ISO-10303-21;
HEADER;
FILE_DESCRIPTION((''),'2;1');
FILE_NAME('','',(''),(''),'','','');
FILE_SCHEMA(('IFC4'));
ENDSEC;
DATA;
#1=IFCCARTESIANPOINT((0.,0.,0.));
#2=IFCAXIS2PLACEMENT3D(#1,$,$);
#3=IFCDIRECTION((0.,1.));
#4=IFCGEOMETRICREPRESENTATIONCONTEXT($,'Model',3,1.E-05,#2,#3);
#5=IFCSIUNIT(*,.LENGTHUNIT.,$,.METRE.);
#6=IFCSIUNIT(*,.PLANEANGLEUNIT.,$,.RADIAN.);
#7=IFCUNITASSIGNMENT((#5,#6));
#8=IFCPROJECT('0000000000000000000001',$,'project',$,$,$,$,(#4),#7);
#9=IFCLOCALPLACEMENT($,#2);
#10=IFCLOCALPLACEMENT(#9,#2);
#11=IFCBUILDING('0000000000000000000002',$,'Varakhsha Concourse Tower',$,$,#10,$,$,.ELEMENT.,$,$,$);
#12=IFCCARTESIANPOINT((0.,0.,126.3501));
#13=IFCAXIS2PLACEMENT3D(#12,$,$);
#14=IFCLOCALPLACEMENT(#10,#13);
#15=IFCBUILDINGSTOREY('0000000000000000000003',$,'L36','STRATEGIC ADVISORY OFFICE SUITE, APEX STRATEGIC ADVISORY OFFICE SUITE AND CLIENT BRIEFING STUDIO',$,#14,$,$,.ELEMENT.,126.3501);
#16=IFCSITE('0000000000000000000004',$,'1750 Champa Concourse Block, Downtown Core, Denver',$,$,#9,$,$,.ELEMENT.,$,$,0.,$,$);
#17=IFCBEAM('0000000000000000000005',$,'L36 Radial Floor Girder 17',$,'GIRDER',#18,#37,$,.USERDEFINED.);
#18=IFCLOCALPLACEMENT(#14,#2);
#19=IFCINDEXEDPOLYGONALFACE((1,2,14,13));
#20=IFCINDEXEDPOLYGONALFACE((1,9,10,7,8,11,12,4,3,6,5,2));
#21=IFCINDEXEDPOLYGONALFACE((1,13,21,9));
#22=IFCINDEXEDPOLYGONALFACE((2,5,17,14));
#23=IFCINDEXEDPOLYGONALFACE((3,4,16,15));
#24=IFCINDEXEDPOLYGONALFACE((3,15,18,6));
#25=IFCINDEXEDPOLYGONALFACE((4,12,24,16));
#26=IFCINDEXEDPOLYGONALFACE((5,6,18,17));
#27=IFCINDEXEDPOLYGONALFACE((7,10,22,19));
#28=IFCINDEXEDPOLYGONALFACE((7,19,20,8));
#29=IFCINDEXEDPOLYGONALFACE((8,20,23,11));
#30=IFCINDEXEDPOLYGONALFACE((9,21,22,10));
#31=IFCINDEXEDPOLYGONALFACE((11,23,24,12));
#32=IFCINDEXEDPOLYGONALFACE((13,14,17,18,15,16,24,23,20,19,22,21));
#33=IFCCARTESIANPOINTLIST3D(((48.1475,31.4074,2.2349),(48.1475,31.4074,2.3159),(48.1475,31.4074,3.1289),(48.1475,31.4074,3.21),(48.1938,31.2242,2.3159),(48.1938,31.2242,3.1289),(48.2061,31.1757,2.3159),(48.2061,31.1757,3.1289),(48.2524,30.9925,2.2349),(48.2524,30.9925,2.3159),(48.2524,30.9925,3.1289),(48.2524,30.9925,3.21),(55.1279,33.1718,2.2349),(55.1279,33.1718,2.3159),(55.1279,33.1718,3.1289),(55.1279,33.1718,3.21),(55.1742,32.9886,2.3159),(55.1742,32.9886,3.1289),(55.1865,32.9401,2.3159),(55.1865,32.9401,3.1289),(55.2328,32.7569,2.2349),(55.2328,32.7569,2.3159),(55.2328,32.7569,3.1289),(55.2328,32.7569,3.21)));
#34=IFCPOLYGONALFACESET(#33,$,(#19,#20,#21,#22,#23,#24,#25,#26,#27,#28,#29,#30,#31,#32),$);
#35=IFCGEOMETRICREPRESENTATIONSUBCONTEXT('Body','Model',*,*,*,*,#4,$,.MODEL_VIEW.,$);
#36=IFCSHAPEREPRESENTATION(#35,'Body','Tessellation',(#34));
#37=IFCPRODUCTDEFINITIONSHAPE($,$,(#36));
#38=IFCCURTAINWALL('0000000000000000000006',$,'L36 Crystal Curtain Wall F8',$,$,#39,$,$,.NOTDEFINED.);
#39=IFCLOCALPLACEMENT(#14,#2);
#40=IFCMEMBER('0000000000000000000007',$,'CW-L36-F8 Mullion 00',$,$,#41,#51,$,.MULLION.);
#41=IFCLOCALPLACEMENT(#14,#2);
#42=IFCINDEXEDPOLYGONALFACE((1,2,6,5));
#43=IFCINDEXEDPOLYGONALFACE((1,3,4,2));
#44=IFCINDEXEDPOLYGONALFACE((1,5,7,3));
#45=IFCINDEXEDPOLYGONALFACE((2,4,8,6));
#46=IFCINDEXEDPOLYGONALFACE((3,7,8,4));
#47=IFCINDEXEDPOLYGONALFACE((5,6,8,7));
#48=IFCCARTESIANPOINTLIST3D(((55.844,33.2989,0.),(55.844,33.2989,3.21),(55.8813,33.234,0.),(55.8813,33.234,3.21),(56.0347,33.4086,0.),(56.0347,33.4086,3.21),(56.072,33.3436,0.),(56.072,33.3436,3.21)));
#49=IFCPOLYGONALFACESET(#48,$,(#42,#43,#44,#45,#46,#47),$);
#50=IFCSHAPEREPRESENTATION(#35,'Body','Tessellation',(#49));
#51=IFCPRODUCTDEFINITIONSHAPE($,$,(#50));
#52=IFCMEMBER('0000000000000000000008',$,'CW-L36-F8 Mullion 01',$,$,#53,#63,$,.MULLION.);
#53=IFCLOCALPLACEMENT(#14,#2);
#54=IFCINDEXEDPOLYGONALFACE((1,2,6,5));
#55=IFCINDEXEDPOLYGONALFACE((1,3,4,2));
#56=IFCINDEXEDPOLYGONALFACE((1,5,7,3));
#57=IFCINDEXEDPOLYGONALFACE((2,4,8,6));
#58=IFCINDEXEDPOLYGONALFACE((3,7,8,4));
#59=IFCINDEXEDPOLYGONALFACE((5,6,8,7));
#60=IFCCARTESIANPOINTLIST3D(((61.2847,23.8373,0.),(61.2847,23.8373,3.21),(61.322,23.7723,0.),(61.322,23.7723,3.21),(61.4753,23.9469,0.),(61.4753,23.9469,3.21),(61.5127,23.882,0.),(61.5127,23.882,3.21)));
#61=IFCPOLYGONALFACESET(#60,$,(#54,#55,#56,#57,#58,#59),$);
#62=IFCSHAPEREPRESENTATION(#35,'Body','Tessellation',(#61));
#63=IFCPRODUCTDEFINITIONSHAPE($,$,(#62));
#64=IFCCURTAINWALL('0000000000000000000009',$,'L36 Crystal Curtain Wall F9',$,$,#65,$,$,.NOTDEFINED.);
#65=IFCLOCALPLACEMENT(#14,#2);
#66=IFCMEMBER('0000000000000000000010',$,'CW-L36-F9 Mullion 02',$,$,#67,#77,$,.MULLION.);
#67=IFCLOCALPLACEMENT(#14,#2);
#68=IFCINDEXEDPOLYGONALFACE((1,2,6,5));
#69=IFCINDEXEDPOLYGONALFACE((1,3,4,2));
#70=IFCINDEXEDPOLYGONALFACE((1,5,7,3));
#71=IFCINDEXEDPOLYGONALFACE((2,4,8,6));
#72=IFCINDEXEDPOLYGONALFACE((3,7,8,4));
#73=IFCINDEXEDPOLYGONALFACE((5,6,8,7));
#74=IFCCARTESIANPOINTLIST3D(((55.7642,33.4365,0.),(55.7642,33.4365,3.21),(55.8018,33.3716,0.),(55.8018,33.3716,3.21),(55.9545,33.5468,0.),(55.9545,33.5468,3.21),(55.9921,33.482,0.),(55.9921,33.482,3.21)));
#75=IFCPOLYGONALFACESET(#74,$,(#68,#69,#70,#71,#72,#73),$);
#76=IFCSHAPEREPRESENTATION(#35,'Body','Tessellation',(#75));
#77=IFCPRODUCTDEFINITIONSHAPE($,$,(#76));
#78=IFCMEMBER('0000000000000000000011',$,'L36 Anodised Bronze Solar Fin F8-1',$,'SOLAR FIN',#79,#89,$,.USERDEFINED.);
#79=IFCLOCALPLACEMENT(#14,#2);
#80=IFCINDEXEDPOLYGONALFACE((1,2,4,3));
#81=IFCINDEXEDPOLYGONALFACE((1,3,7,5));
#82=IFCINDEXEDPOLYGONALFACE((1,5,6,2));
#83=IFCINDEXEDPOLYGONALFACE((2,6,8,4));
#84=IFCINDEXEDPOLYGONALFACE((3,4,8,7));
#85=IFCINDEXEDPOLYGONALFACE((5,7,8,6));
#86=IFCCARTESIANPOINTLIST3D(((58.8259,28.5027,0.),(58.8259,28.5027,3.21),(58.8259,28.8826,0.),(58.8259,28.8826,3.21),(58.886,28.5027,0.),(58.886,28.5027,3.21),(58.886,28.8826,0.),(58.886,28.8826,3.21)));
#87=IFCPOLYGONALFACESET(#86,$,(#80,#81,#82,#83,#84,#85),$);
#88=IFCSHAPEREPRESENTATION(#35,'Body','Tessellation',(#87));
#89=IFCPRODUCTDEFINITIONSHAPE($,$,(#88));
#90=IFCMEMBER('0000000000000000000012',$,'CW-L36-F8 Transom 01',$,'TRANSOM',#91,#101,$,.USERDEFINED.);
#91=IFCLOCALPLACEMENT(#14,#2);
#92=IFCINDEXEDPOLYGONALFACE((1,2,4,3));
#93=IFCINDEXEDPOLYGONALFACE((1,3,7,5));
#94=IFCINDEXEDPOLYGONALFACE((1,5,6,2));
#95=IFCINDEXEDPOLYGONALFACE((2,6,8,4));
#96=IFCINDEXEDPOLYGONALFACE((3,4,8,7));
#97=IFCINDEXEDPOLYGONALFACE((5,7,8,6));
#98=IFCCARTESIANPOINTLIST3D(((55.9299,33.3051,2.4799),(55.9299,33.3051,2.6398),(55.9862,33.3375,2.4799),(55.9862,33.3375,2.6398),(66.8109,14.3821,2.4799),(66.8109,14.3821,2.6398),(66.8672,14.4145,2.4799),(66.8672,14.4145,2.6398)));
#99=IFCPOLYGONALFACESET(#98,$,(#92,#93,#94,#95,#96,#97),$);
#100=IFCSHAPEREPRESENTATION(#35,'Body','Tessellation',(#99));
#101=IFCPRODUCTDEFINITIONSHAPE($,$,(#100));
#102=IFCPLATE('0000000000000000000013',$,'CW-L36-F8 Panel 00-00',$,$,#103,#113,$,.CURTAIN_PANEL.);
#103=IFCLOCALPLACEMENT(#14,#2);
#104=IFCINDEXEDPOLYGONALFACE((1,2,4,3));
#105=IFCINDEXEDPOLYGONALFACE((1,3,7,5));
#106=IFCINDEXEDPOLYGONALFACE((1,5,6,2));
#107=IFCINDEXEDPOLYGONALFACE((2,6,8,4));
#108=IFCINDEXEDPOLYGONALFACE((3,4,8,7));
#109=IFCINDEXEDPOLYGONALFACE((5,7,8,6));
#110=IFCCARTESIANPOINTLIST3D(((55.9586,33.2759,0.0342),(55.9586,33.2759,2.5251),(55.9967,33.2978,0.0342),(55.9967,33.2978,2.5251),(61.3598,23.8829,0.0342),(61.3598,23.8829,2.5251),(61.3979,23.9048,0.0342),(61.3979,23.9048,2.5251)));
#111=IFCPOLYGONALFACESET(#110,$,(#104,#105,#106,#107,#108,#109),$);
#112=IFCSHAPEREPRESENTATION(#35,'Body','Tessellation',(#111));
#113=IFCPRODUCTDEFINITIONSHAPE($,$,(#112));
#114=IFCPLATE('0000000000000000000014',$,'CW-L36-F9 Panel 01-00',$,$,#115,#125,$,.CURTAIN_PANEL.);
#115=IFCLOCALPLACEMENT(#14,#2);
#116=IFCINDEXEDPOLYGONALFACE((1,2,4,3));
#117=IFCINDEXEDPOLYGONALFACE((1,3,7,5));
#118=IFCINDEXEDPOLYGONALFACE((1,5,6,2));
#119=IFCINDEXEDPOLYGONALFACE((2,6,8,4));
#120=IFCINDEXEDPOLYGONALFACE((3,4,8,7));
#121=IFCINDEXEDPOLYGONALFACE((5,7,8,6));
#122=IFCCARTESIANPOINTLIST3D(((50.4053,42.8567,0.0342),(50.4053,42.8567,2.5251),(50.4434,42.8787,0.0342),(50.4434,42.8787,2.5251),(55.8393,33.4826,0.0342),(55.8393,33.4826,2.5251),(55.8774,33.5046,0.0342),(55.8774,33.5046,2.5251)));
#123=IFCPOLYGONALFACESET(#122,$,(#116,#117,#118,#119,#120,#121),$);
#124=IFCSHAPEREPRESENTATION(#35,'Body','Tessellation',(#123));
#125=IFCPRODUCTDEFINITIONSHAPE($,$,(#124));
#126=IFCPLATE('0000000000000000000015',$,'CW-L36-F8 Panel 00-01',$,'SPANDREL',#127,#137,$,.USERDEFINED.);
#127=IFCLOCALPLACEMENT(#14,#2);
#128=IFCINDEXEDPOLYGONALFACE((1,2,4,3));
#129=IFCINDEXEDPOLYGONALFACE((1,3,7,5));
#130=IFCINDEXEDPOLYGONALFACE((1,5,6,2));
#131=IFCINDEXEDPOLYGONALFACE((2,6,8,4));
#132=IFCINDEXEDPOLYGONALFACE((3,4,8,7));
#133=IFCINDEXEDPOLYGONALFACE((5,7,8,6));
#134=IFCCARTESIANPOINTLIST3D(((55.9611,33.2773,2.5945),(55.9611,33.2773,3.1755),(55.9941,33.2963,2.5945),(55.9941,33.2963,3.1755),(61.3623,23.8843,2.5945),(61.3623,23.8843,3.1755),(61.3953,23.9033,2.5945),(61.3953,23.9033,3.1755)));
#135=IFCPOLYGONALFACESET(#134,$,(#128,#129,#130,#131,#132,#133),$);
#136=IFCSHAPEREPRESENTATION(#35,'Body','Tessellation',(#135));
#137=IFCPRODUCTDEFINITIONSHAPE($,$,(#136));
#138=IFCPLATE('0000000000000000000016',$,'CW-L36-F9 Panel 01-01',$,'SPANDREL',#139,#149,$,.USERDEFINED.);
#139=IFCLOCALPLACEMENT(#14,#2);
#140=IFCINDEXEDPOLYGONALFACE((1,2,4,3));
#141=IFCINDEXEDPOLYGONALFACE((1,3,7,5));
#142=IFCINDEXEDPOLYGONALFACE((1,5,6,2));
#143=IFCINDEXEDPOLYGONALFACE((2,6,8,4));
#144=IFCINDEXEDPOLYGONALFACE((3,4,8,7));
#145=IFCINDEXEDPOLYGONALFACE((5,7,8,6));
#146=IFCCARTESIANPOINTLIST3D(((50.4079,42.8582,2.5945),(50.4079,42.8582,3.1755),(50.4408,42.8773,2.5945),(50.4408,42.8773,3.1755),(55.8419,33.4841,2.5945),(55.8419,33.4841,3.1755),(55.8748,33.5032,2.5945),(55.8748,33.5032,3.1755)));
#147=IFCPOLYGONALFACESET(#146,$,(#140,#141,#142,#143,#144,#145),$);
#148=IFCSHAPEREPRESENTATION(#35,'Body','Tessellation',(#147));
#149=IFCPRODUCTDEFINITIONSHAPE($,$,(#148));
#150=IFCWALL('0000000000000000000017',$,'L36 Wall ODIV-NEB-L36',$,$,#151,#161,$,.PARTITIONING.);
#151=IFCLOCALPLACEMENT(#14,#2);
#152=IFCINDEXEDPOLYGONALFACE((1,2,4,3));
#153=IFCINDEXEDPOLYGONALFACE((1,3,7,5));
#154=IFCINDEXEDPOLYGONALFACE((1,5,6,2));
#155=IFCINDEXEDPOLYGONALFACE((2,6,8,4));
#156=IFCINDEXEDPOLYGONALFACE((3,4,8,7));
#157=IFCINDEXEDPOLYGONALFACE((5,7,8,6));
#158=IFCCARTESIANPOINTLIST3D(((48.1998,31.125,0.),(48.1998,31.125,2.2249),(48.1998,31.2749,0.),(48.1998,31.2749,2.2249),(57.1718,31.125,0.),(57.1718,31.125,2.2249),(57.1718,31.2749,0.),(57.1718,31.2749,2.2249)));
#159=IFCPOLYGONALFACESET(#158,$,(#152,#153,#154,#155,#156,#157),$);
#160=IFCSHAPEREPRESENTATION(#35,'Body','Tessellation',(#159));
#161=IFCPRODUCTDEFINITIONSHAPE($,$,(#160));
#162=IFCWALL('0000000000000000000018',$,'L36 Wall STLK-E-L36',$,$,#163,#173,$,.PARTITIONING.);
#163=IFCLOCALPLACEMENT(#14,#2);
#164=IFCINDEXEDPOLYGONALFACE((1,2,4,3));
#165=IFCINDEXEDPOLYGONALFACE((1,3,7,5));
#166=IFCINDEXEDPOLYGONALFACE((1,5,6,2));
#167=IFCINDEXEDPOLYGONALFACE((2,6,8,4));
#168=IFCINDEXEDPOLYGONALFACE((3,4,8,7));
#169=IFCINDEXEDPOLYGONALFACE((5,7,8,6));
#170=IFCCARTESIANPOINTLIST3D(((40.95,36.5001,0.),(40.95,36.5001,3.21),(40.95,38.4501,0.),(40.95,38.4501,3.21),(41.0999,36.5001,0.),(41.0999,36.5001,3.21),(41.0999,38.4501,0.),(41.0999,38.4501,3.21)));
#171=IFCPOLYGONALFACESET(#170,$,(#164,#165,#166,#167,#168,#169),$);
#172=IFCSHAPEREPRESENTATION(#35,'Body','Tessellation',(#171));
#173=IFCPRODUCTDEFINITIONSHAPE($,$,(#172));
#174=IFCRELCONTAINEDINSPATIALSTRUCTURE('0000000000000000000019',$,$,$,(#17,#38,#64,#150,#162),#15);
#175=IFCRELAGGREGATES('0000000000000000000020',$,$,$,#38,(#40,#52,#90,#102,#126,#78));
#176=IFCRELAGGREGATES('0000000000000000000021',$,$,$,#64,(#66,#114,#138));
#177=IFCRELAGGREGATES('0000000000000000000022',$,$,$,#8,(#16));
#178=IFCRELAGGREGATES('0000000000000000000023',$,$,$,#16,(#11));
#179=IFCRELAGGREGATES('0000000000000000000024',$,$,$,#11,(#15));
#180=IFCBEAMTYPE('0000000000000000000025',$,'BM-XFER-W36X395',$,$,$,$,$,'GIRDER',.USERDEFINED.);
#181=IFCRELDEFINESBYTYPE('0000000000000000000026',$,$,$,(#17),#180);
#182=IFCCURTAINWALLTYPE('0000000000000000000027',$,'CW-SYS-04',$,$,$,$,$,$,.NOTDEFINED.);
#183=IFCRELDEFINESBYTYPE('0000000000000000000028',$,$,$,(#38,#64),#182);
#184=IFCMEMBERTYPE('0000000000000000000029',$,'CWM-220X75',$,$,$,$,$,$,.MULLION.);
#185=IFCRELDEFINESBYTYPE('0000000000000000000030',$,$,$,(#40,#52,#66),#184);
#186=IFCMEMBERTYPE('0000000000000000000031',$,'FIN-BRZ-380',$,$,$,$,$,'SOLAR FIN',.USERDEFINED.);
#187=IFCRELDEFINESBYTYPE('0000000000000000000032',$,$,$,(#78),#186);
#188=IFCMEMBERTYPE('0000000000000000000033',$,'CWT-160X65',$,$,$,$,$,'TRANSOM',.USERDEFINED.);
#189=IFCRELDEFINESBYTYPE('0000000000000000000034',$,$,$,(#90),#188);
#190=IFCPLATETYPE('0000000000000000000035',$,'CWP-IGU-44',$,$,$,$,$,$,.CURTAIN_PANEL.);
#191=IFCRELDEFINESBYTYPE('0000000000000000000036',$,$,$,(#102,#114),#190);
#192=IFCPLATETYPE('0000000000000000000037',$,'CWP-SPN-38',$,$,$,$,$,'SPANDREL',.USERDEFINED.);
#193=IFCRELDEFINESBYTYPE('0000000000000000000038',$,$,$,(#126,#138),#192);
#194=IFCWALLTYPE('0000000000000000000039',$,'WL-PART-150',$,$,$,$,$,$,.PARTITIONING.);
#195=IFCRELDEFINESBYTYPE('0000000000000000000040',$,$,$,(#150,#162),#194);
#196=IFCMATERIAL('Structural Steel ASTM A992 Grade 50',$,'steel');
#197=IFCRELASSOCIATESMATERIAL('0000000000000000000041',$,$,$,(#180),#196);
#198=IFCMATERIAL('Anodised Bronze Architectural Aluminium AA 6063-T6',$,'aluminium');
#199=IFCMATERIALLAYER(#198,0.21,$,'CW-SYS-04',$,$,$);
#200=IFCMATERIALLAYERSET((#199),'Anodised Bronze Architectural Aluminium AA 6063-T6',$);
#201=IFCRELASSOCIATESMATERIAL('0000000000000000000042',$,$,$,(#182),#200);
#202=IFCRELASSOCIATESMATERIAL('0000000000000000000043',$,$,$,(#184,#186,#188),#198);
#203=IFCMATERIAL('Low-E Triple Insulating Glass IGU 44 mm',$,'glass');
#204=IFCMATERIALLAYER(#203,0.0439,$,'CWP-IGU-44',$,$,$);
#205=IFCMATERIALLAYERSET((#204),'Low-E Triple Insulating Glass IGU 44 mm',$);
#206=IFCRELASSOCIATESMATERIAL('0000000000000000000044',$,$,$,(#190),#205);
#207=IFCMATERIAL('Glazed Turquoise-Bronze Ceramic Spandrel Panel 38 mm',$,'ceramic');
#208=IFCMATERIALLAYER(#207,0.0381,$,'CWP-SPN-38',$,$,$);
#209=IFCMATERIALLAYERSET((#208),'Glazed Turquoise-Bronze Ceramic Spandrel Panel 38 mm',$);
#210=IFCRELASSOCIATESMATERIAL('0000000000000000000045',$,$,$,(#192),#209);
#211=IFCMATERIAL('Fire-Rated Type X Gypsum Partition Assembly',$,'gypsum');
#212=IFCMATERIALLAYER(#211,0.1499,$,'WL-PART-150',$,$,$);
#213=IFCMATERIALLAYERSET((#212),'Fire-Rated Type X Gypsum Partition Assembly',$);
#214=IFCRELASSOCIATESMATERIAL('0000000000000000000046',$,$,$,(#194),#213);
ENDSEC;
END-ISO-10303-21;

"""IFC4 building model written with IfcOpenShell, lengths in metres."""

from ifc_helpers import new_model, si_unit, direction, frame, frame_2d, origin, origin_2d, place, context, subcontext, project, spatial, rectangle, i_section, extrude, source, transform, mapped, material, layer, layer_set, material_profile, profile_set, type_object, type_shapes, element, aggregate, save


model = new_model("IFC4")

# Units and contexts
model_context = context("Model", 3, precision=1e-05, world=origin(), true_north=direction((0.0, 1.0)))
body_context = subcontext(model_context, "Body", "Model", "MODEL_VIEW")
ifc_project = project(units=[si_unit("LENGTHUNIT", "METRE"), si_unit("PLANEANGLEUNIT", "RADIAN")], contexts=[model_context])

# Site, building, storey
site_placement = place(None, origin())
site = spatial("IfcSite", under=ifc_project, at=site_placement, Name="1750 Champa Concourse Block, Downtown Core, Denver", CompositionType="ELEMENT", RefElevation=0.0)
building_placement = place(site_placement, origin())
building = spatial("IfcBuilding", under=site, at=building_placement, Name="Varakhsha Concourse Tower", CompositionType="ELEMENT")
storey_placement = place(building_placement, frame((0.0, 0.0, 126.3501)))
storey = spatial("IfcBuildingStorey", under=building, at=storey_placement, Name="L36", Description="STRATEGIC ADVISORY OFFICE SUITE, APEX STRATEGIC ADVISORY OFFICE SUITE AND CLIENT BRIEFING STUDIO", CompositionType="ELEMENT", Elevation=126.3501)

# Shared definitions
ifc_material_1 = material(Name="Structural Steel ASTM A992 Grade 50", Category="steel")

# Beam
ifc_material_profile_1 = material_profile(ifc_material_1, i_section(OverallWidth=0.428, OverallDepth=0.9751, WebThickness=0.05, FlangeThickness=0.0811, at=origin_2d()), Name="W36X395")
ifc_profile_set_1 = profile_set([ifc_material_profile_1], Name="Structural Steel ASTM A992 Grade 50")
beam_type_1 = type_object("IfcBeamType", Name="BM-XFER-W36X395", ElementType="GIRDER", PredefinedType="USERDEFINED", material=ifc_profile_set_1)
beam_1_placement = place(storey_placement, frame((48.2, 31.2, 2.7224), z_axis=(0.969509, 0.245056, 0.0), x_axis=(-0.245056, 0.969509, 0.0)))
element("IfcBeam", 1, at=beam_1_placement, inside=storey, type_object=beam_type_1, Name="L36 Radial Floor Girder 17", ObjectType="GIRDER", PredefinedType="USERDEFINED", context=body_context, shape_type="SweptSolid", body=[
    extrude(i_section(OverallWidth=0.428, OverallDepth=0.9751, WebThickness=0.05, FlangeThickness=0.0811, at=origin_2d()), origin(), (0.0, 0.0, 1.0), 7.2),
])

# Curtain wall, members
ifc_material_2 = material(Name="Anodised Bronze Architectural Aluminium AA 6063-T6", Category="aluminium")
ifc_layer_1 = layer(ifc_material_2, 0.21, Name="CW-SYS-04")
ifc_layer_set_1 = layer_set([ifc_layer_1], Name="Anodised Bronze Architectural Aluminium AA 6063-T6")
curtain_wall_type = type_object("IfcCurtainWallType", Name="CW-SYS-04", PredefinedType="NOTDEFINED", material=ifc_layer_set_1)
curtain_wall_1_placement = place(storey_placement, origin())
curtain_wall_1 = element("IfcCurtainWall", 2, at=curtain_wall_1_placement, inside=storey, type_object=curtain_wall_type, Name="L36 Crystal Curtain Wall F8", PredefinedType="NOTDEFINED")
ifc_material_profile_2 = material_profile(ifc_material_2, rectangle(XDim=0.075, YDim=0.22, at=origin_2d()), Name="CWM-220X75")
ifc_profile_set_2 = profile_set([ifc_material_profile_2], Name="Anodised Bronze Architectural Aluminium AA 6063-T6")
member_type_1 = type_object("IfcMemberType", Name="CWM-220X75", PredefinedType="MULLION", material=ifc_profile_set_2)
shared_shape_1 = source(origin(), body_context, "Body", "SweptSolid", [
    extrude(rectangle(XDim=0.075, YDim=0.22, at=origin_2d()), origin(), (0.0, 0.0, 1.0), 3.21),
])
type_shapes(member_type_1, [shared_shape_1])
member_1_placement = place(storey_placement, frame((55.958, 33.3213, 0.0), z_axis=(0.0, 0.0, 1.0), x_axis=(0.498489, -0.866896, 0.0)))
member_1 = element("IfcMember", 3, at=member_1_placement, type_object=member_type_1, Name="CW-L36-F8 Mullion 00", PredefinedType="MULLION", context=body_context, shape_type="MappedRepresentation", body=[
    mapped(shared_shape_1, transform((0.0, 0.0, 0.0), scale=1.0)),
])
member_2_placement = place(storey_placement, frame((61.3987, 23.8596, 0.0), z_axis=(0.0, 0.0, 1.0), x_axis=(0.498489, -0.866896, 0.0)))
member_2 = element("IfcMember", 4, at=member_2_placement, type_object=member_type_1, Name="CW-L36-F8 Mullion 01", PredefinedType="MULLION", context=body_context, shape_type="MappedRepresentation", body=[
    mapped(shared_shape_1, transform((0.0, 0.0, 0.0), scale=1.0)),
])

# Curtain wall, member
curtain_wall_2_placement = place(storey_placement, origin())
curtain_wall_2 = element("IfcCurtainWall", 5, at=curtain_wall_2_placement, inside=storey, type_object=curtain_wall_type, Name="L36 Crystal Curtain Wall F9", PredefinedType="NOTDEFINED")
member_3_placement = place(storey_placement, frame((55.8782, 33.4592, 0.0), z_axis=(0.0, 0.0, 1.0), x_axis=(0.501514, -0.86515, 0.0)))
member_3 = element("IfcMember", 6, at=member_3_placement, type_object=member_type_1, Name="CW-L36-F9 Mullion 02", PredefinedType="MULLION", context=body_context, shape_type="MappedRepresentation", body=[
    mapped(shared_shape_1, transform((0.0, 0.0, 0.0), scale=1.0)),
])

# Members
ifc_material_profile_3 = material_profile(ifc_material_2, rectangle(XDim=0.0601, YDim=0.3799, at=origin_2d()), Name="FIN-BRZ-380")
ifc_profile_set_3 = profile_set([ifc_material_profile_3], Name="Anodised Bronze Architectural Aluminium AA 6063-T6")
member_type_2 = type_object("IfcMemberType", Name="FIN-BRZ-380", ElementType="SOLAR FIN", PredefinedType="USERDEFINED", material=ifc_profile_set_3)
shared_shape_2 = source(origin(), body_context, "Body", "SweptSolid", [
    extrude(rectangle(XDim=0.0601, YDim=0.3799, at=origin_2d()), origin(), (0.0, 0.0, 1.0), 3.21),
])
type_shapes(member_type_2, [shared_shape_2])
member_4_placement = place(storey_placement, frame((58.856, 28.6926, 0.0), z_axis=(0.0, 0.0, 1.0), x_axis=(1.0, 0.0, 0.0)))
member_4 = element("IfcMember", 7, at=member_4_placement, type_object=member_type_2, Name="L36 Anodised Bronze Solar Fin F8-1", ObjectType="SOLAR FIN", PredefinedType="USERDEFINED", context=body_context, shape_type="MappedRepresentation", body=[
    mapped(shared_shape_2, transform((0.0, 0.0, 0.0), scale=1.0)),
])
ifc_material_profile_4 = material_profile(ifc_material_2, rectangle(XDim=0.0649, YDim=0.1599, at=origin_2d()), Name="CWT-160X65")
ifc_profile_set_4 = profile_set([ifc_material_profile_4], Name="Anodised Bronze Architectural Aluminium AA 6063-T6")
member_type_3 = type_object("IfcMemberType", Name="CWT-160X65", ElementType="TRANSOM", PredefinedType="USERDEFINED", material=ifc_profile_set_4)
shared_shape_3 = source(origin(), body_context, "Body", "SweptSolid", [
    extrude(rectangle(XDim=0.0649, YDim=0.1599, at=origin_2d()), origin(), (0.0, 0.0, 1.0), 21.8284),
])
type_shapes(member_type_3, [shared_shape_3])
member_5_placement = place(storey_placement, frame((55.958, 33.3213, 2.5598), z_axis=(0.498482, -0.8669, 0.0), x_axis=(0.8669, 0.498482, 0.0)))
member_5 = element("IfcMember", 8, at=member_5_placement, type_object=member_type_3, Name="CW-L36-F8 Transom 01", ObjectType="TRANSOM", PredefinedType="USERDEFINED", context=body_context, shape_type="MappedRepresentation", body=[
    mapped(shared_shape_3, transform((0.0, 0.0, 0.0), scale=1.0)),
])

# Plates
ifc_material_3 = material(Name="Low-E Triple Insulating Glass IGU 44 mm", Category="glass")
ifc_layer_2 = layer(ifc_material_3, 0.0439, Name="CWP-IGU-44")
ifc_layer_set_2 = layer_set([ifc_layer_2], Name="Low-E Triple Insulating Glass IGU 44 mm")
plate_type_1 = type_object("IfcPlateType", Name="CWP-IGU-44", PredefinedType="CURTAIN_PANEL", material=ifc_layer_set_2)
shared_shape_4 = source(origin(), body_context, "Body", "SweptSolid", [
    extrude(rectangle(XDim=10.8352, YDim=0.0439, at=origin_2d()), origin(), (0.0, 0.0, 1.0), 2.491),
])
type_shapes(plate_type_1, [shared_shape_4])
plate_1_placement = place(storey_placement, frame((58.6782, 28.5903, 0.0342), z_axis=(0.0, 0.0, 1.0), x_axis=(0.498489, -0.866896, 0.0)))
plate_1 = element("IfcPlate", 9, at=plate_1_placement, type_object=plate_type_1, Name="CW-L36-F8 Panel 00-00", PredefinedType="CURTAIN_PANEL", context=body_context, shape_type="MappedRepresentation", body=[
    mapped(shared_shape_4, transform((0.0, 0.0, 0.0), scale=1.0)),
])
plate_2_placement = place(storey_placement, frame((53.1414, 38.1807, 0.0342), z_axis=(0.0, 0.0, 1.0), x_axis=(0.501514, -0.86515, 0.0)))
plate_2 = element("IfcPlate", 10, at=plate_2_placement, type_object=plate_type_1, Name="CW-L36-F9 Panel 01-00", PredefinedType="CURTAIN_PANEL", context=body_context, shape_type="MappedRepresentation", body=[
    mapped(shared_shape_4, transform((0.0, 0.0, 0.0), scale=1.0)),
])
ifc_material_4 = material(Name="Glazed Turquoise-Bronze Ceramic Spandrel Panel 38 mm", Category="ceramic")
ifc_layer_3 = layer(ifc_material_4, 0.0381, Name="CWP-SPN-38")
ifc_layer_set_3 = layer_set([ifc_layer_3], Name="Glazed Turquoise-Bronze Ceramic Spandrel Panel 38 mm")
plate_type_2 = type_object("IfcPlateType", Name="CWP-SPN-38", ElementType="SPANDREL", PredefinedType="USERDEFINED", material=ifc_layer_set_3)
shared_shape_5 = source(origin(), body_context, "Body", "SweptSolid", [
    extrude(rectangle(XDim=10.8352, YDim=0.0381, at=origin_2d()), origin(), (0.0, 0.0, 1.0), 0.5811),
])
type_shapes(plate_type_2, [shared_shape_5])
plate_3_placement = place(storey_placement, frame((58.6782, 28.5903, 2.5945), z_axis=(0.0, 0.0, 1.0), x_axis=(0.498489, -0.866896, 0.0)))
plate_3 = element("IfcPlate", 11, at=plate_3_placement, type_object=plate_type_2, Name="CW-L36-F8 Panel 00-01", ObjectType="SPANDREL", PredefinedType="USERDEFINED", context=body_context, shape_type="MappedRepresentation", body=[
    mapped(shared_shape_5, transform((0.0, 0.0, 0.0), scale=1.0)),
])
aggregate(curtain_wall_1, [member_1, member_2, member_5, plate_1, plate_3, member_4])
plate_4_placement = place(storey_placement, frame((53.1414, 38.1807, 2.5945), z_axis=(0.0, 0.0, 1.0), x_axis=(0.501514, -0.86515, 0.0)))
plate_4 = element("IfcPlate", 12, at=plate_4_placement, type_object=plate_type_2, Name="CW-L36-F9 Panel 01-01", ObjectType="SPANDREL", PredefinedType="USERDEFINED", context=body_context, shape_type="MappedRepresentation", body=[
    mapped(shared_shape_5, transform((0.0, 0.0, 0.0), scale=1.0)),
])
aggregate(curtain_wall_2, [member_3, plate_2, plate_4])

# Walls
ifc_material_5 = material(Name="Fire-Rated Type X Gypsum Partition Assembly", Category="gypsum")
ifc_layer_4 = layer(ifc_material_5, 0.1499, Name="WL-PART-150")
ifc_layer_set_4 = layer_set([ifc_layer_4], Name="Fire-Rated Type X Gypsum Partition Assembly")
wall_type_1 = type_object("IfcWallType", Name="WL-PART-150", PredefinedType="PARTITIONING", material=ifc_layer_set_4)
wall_1_placement = place(storey_placement, frame((48.2, 31.2, 0.0), z_axis=(0.0, 0.0, 1.0), x_axis=(1.0, 0.0, 0.0)))
element("IfcWall", 13, at=wall_1_placement, inside=storey, type_object=wall_type_1, Name="L36 Wall ODIV-NEB-L36", PredefinedType="PARTITIONING", context=body_context, shape_type="SweptSolid", body=[
    extrude(rectangle(XDim=8.9719, YDim=0.1499, at=frame_2d((4.4858, 0.0))), origin(), (0.0, 0.0, 1.0), 2.2249),
])
wall_2_placement = place(storey_placement, frame((41.0249, 36.5, 0.0), z_axis=(0.0, 0.0, 1.0), x_axis=(0.0, 1.0, 0.0)))
element("IfcWall", 14, at=wall_2_placement, inside=storey, type_object=wall_type_1, Name="L36 Wall STLK-E-L36", PredefinedType="PARTITIONING", context=body_context, shape_type="SweptSolid", body=[
    extrude(rectangle(XDim=1.95, YDim=0.1499, at=frame_2d((0.9751, 0.0))), origin(), (0.0, 0.0, 1.0), 3.21),
])

save(model, "model.ifc")
